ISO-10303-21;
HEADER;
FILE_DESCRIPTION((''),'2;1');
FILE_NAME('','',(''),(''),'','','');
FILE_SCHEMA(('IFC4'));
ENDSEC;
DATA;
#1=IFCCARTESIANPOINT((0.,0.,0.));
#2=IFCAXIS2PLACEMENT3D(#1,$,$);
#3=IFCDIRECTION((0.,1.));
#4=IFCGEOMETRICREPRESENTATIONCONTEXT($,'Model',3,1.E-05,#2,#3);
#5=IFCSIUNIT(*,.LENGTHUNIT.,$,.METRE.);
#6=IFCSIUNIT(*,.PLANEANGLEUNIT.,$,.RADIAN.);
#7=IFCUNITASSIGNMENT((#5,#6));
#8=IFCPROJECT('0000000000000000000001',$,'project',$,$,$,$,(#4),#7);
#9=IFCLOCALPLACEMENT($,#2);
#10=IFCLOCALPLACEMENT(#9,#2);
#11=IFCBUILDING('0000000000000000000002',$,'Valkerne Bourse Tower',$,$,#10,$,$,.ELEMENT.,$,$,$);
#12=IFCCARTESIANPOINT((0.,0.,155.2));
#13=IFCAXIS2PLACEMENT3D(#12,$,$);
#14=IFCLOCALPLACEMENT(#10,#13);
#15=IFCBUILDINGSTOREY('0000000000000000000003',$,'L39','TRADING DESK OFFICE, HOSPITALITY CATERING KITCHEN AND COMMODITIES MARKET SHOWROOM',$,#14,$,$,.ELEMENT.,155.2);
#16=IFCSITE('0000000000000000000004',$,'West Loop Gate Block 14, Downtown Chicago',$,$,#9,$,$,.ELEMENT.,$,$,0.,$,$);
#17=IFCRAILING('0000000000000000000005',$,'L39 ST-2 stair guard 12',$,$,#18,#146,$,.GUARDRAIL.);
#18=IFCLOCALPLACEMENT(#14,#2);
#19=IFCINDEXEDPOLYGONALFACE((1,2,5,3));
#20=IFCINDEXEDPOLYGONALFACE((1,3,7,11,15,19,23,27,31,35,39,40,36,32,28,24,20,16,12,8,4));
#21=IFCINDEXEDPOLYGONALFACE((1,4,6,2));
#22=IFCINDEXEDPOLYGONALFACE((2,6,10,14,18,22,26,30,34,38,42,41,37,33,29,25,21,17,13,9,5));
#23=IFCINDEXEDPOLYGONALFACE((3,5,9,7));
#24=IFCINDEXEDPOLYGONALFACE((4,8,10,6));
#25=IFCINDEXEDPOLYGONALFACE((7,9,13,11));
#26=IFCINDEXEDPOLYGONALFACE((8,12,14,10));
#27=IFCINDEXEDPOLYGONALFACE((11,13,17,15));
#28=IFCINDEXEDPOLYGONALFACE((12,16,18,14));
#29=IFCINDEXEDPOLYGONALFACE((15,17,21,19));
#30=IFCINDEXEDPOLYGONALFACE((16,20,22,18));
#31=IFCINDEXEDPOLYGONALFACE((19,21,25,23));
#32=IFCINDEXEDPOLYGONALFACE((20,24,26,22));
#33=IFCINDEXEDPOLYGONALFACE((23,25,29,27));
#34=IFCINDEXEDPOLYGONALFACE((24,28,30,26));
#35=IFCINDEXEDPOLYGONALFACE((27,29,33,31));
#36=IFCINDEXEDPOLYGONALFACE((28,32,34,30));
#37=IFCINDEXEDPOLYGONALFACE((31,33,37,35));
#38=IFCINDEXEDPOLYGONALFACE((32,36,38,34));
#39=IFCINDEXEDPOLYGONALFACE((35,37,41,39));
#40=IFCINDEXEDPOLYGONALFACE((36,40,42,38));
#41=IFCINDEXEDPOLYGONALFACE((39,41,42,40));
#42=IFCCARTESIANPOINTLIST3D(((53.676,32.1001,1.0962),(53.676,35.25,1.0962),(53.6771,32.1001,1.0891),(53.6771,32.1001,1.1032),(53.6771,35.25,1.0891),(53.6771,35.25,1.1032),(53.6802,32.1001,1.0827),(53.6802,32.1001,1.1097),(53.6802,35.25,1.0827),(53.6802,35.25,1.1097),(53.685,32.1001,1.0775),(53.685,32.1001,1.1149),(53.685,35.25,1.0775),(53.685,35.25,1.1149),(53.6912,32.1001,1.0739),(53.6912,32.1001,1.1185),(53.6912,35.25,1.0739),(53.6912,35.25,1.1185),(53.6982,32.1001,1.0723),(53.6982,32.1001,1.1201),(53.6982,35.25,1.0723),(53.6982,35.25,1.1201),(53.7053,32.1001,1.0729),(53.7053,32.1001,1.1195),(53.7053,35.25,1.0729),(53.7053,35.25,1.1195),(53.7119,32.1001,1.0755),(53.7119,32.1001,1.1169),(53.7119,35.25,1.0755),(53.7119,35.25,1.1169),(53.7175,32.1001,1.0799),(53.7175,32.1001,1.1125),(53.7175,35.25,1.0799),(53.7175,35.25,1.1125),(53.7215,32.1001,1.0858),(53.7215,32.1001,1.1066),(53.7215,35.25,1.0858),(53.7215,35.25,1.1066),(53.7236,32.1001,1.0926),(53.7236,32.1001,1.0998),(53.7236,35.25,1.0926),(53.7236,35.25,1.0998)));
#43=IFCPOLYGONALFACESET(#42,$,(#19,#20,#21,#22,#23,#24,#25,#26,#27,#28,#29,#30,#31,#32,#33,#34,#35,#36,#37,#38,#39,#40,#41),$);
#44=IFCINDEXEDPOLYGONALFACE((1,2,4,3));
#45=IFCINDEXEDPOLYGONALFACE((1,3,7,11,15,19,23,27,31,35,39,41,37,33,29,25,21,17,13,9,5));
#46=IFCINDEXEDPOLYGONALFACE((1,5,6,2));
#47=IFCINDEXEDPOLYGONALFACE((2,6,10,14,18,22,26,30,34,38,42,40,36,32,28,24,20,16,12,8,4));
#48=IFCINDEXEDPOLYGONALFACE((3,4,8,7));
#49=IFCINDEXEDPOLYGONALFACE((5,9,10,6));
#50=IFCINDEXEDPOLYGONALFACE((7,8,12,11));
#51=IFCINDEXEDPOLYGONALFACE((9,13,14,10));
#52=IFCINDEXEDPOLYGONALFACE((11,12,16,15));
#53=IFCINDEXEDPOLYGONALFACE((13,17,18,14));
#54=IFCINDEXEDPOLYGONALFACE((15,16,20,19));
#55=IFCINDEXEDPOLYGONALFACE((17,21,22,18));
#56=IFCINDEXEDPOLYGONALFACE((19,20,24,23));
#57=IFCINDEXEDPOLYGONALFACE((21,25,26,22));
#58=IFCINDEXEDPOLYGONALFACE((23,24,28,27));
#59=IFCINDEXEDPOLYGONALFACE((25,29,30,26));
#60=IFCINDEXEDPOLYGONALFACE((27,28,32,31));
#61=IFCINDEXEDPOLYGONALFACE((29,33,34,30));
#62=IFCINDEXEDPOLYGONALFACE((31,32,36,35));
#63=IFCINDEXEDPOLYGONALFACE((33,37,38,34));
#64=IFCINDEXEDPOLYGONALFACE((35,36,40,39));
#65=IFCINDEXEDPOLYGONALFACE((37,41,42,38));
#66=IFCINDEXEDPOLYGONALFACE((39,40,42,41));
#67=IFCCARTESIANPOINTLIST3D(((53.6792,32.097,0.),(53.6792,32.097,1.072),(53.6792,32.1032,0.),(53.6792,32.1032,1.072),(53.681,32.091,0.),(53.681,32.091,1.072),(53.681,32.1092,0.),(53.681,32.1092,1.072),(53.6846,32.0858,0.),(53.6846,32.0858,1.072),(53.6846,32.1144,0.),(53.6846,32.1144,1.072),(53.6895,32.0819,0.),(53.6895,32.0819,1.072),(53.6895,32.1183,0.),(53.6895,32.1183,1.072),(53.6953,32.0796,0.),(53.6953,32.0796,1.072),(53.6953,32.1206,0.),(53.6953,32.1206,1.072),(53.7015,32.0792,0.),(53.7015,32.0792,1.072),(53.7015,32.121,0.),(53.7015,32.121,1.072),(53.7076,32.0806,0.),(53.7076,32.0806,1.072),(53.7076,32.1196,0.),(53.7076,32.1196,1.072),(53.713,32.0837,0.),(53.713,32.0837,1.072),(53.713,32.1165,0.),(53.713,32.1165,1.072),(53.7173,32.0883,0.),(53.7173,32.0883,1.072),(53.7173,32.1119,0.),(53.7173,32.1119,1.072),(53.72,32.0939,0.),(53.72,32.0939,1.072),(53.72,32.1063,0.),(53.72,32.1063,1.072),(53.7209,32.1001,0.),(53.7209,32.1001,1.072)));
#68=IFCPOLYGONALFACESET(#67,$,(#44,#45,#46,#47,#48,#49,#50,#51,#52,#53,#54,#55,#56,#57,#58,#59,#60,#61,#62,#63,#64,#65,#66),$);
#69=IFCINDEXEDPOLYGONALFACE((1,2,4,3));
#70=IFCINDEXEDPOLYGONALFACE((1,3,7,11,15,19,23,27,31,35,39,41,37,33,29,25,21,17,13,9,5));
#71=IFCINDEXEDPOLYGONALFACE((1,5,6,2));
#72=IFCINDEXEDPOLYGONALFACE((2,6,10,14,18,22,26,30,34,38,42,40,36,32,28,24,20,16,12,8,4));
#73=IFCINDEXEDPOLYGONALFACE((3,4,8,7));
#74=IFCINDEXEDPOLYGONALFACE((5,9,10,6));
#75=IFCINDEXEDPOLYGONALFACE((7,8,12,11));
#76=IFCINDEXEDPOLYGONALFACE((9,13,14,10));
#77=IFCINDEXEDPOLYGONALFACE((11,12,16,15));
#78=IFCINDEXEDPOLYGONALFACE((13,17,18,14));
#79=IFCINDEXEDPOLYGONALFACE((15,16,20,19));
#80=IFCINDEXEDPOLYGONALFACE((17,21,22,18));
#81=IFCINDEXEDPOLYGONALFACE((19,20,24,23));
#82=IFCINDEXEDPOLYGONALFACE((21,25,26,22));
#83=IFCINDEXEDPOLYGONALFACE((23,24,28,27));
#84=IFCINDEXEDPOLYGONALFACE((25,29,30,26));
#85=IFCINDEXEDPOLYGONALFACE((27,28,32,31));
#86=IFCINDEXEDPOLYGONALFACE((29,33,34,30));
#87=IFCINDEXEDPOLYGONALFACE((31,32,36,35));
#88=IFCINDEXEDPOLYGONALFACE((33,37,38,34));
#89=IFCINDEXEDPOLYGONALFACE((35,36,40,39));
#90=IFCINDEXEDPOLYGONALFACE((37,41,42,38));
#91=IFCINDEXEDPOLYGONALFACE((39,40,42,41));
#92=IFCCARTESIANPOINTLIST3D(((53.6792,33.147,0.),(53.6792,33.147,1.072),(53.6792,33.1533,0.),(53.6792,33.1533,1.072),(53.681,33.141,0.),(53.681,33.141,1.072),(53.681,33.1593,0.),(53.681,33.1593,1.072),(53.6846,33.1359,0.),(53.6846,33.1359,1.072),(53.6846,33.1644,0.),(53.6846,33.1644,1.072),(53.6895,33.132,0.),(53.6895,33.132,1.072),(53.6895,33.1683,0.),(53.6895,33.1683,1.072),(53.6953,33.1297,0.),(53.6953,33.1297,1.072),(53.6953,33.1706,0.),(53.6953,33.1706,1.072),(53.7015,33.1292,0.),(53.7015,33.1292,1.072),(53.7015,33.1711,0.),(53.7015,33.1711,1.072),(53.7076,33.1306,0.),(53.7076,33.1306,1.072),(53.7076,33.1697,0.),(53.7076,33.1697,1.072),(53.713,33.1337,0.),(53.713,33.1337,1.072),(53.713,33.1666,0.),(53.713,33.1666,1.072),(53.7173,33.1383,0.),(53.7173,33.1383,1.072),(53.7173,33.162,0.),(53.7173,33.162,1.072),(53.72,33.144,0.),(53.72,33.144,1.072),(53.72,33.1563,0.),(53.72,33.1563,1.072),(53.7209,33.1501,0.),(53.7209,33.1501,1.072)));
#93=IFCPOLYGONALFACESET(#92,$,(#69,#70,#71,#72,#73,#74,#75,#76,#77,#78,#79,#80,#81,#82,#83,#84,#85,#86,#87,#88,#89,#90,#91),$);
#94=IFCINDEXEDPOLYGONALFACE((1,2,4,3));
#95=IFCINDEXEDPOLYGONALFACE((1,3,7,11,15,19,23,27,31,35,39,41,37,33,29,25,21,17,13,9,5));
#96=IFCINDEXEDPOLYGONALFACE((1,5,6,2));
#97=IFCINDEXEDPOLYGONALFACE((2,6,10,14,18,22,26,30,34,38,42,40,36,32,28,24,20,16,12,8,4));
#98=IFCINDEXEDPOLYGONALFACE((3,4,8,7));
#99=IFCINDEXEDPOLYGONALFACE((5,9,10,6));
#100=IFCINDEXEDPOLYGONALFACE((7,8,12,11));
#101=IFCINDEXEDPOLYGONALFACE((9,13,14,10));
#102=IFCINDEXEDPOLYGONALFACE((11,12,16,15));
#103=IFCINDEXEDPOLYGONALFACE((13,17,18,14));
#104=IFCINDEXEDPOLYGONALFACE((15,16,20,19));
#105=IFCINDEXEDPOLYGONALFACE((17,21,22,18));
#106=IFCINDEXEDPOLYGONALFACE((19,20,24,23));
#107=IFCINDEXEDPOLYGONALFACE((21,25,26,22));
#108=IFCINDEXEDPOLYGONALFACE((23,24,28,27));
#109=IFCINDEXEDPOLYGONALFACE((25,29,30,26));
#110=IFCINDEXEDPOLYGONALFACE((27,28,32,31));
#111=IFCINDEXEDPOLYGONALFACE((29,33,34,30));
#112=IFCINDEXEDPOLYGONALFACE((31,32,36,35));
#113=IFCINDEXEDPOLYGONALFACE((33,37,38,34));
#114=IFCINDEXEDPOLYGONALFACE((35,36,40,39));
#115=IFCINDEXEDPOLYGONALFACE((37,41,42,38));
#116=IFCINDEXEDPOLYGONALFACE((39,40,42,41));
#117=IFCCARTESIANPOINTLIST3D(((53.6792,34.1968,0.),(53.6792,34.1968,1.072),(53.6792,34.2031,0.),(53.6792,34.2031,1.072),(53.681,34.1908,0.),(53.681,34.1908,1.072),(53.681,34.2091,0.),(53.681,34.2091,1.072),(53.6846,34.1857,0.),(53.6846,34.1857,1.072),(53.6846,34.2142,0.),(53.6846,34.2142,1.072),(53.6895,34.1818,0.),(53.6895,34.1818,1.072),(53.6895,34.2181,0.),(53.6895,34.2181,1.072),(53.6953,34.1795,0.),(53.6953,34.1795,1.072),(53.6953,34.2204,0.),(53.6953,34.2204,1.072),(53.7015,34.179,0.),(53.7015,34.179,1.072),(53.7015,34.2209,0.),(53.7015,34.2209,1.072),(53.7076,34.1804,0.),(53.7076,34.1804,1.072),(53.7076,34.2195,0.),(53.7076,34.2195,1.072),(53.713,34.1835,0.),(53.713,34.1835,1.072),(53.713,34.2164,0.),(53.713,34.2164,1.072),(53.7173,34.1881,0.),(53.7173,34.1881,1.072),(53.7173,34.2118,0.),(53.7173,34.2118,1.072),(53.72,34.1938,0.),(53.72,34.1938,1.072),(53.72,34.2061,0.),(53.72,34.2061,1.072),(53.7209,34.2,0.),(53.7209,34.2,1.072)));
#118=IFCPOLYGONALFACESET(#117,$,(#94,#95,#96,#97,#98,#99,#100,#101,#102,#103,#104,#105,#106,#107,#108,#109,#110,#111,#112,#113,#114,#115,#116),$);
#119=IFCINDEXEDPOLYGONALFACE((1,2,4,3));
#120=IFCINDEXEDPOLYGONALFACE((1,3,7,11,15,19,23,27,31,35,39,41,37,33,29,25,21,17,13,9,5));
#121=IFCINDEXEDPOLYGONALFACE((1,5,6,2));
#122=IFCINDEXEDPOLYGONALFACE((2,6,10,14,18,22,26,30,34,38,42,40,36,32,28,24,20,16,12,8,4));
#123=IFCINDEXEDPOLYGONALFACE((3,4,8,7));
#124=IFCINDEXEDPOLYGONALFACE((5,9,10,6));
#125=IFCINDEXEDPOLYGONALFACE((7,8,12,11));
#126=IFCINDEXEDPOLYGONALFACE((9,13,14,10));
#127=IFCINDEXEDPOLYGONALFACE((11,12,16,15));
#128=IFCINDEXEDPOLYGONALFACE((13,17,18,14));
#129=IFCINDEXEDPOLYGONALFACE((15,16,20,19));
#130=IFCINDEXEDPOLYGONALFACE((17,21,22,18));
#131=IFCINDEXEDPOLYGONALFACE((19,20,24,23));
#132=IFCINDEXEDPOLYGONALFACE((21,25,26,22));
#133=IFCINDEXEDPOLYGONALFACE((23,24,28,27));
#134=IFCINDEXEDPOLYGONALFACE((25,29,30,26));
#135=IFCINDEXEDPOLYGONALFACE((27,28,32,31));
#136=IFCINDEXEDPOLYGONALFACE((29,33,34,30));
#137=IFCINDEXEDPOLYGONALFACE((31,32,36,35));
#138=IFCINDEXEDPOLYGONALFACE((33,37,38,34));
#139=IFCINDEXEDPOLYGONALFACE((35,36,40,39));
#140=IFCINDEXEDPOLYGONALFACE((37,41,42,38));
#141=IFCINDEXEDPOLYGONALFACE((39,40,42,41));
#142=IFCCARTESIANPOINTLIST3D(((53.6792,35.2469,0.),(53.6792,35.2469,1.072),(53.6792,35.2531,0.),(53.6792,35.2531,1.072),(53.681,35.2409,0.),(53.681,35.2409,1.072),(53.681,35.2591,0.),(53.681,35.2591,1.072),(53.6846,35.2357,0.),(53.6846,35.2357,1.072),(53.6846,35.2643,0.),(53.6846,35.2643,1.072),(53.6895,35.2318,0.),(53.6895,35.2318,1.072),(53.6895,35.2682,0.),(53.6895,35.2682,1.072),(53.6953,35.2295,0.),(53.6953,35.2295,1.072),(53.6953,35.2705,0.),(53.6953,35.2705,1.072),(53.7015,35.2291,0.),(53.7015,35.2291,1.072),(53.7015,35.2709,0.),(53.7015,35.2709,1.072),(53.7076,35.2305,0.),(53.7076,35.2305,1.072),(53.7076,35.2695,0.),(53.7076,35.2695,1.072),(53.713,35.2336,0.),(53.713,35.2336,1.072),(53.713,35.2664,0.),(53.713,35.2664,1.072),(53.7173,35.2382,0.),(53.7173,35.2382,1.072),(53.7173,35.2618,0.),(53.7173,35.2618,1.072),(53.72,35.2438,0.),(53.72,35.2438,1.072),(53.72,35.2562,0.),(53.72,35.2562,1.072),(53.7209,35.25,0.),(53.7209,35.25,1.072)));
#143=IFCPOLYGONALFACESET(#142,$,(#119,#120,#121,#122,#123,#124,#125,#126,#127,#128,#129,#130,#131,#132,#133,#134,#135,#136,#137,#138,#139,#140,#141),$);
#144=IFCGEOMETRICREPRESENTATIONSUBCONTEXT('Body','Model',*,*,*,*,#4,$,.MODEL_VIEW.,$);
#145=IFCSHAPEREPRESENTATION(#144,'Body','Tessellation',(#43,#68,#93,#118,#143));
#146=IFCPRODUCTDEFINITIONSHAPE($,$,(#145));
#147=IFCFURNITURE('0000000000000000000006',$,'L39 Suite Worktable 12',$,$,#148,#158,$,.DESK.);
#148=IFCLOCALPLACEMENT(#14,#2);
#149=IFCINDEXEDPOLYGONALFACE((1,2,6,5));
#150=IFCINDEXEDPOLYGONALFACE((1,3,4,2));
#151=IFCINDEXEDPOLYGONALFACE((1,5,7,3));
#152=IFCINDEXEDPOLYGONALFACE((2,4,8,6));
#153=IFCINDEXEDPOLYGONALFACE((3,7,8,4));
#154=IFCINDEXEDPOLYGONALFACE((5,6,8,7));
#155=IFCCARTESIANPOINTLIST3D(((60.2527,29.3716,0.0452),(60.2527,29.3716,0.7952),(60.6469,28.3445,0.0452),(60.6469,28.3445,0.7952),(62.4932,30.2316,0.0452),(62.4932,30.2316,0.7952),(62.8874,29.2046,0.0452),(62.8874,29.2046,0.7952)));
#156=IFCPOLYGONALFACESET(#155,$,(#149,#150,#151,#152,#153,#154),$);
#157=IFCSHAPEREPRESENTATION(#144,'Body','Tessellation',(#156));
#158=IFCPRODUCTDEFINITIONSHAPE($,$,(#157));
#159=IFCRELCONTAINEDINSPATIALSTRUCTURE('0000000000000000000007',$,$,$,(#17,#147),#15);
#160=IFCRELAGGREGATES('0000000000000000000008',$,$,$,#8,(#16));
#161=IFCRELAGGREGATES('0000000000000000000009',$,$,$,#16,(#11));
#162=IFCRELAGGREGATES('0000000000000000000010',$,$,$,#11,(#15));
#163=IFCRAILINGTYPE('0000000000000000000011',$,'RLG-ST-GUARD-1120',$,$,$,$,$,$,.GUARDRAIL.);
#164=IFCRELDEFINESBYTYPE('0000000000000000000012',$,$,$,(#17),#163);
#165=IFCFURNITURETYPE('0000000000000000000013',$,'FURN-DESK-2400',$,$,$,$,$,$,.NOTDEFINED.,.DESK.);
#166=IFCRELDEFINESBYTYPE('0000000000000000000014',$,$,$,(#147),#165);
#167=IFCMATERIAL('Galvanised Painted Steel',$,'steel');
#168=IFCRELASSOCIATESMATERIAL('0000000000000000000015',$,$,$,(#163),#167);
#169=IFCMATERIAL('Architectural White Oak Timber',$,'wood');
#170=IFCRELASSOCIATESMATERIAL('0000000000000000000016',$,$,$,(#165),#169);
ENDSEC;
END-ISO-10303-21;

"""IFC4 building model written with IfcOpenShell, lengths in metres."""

from ifc_helpers import new_model, si_unit, direction, frame, origin, origin_2d, place, context, subcontext, project, spatial, rectangle, circle, extrude, material, type_object, element, save


model = new_model("IFC4")

# Units and contexts
model_context = context("Model", 3, precision=1e-05, world=origin(), true_north=direction((0.0, 1.0)))
body_context = subcontext(model_context, "Body", "Model", "MODEL_VIEW")
ifc_project = project(units=[si_unit("LENGTHUNIT", "METRE"), si_unit("PLANEANGLEUNIT", "RADIAN")], contexts=[model_context])

# Site, building, storey
site_placement = place(None, origin())
site = spatial("IfcSite", under=ifc_project, at=site_placement, Name="West Loop Gate Block 14, Downtown Chicago", CompositionType="ELEMENT", RefElevation=0.0)
building_placement = place(site_placement, origin())
building = spatial("IfcBuilding", under=site, at=building_placement, Name="Valkerne Bourse Tower", CompositionType="ELEMENT")
storey_placement = place(building_placement, frame((0.0, 0.0, 155.2)))
storey = spatial("IfcBuildingStorey", under=building, at=storey_placement, Name="L39", Description="TRADING DESK OFFICE, HOSPITALITY CATERING KITCHEN AND COMMODITIES MARKET SHOWROOM", CompositionType="ELEMENT", Elevation=155.2)

# Railing
ifc_material_1 = material(Name="Galvanised Painted Steel", Category="steel")
railing_type = type_object("IfcRailingType", Name="RLG-ST-GUARD-1120", PredefinedType="GUARDRAIL", material=ifc_material_1)
railing_1_placement = place(storey_placement, frame((53.7, 32.1001, 0.0)))
element("IfcRailing", 1, at=railing_1_placement, inside=storey, type_object=railing_type, Name="L39 ST-2 stair guard 12", PredefinedType="GUARDRAIL", context=body_context, shape_type="SweptSolid", body=[
    extrude(circle(Radius=0.0239, at=origin_2d()), frame((0.0, 0.0, 1.0962), z_axis=(0.0, 1.0, 0.0), x_axis=(-1.0, 0.0, 0.0)), (0.0, 0.0, 1.0), 3.1499),
    extrude(circle(Radius=0.021, at=origin_2d()), origin(), (0.0, 0.0, 1.0), 1.072),
    extrude(circle(Radius=0.021, at=origin_2d()), frame((0.0, 1.05, 0.0)), (0.0, 0.0, 1.0), 1.072),
    extrude(circle(Radius=0.021, at=origin_2d()), frame((0.0, 2.0999, 0.0)), (0.0, 0.0, 1.0), 1.072),
    extrude(circle(Radius=0.021, at=origin_2d()), frame((0.0, 3.1499, 0.0)), (0.0, 0.0, 1.0), 1.072),
])

# Furniture
ifc_material_2 = material(Name="Architectural White Oak Timber", Category="wood")
furniture_type = type_object("IfcFurnitureType", Name="FURN-DESK-2400", AssemblyPlace="NOTDEFINED", PredefinedType="DESK", material=ifc_material_2)
furniture_placement = place(storey_placement, frame((61.5701, 29.2881, 0.0452), z_axis=(0.0, 0.0, 1.0), x_axis=(0.93358, 0.358368, 0.0)))
element("IfcFurniture", 2, at=furniture_placement, inside=storey, type_object=furniture_type, Name="L39 Suite Worktable 12", PredefinedType="DESK", context=body_context, shape_type="SweptSolid", body=[
    extrude(rectangle(XDim=2.3999, YDim=1.1001, at=origin_2d()), origin(), (0.0, 0.0, 1.0), 0.75),
])

save(model, "model.ifc")
